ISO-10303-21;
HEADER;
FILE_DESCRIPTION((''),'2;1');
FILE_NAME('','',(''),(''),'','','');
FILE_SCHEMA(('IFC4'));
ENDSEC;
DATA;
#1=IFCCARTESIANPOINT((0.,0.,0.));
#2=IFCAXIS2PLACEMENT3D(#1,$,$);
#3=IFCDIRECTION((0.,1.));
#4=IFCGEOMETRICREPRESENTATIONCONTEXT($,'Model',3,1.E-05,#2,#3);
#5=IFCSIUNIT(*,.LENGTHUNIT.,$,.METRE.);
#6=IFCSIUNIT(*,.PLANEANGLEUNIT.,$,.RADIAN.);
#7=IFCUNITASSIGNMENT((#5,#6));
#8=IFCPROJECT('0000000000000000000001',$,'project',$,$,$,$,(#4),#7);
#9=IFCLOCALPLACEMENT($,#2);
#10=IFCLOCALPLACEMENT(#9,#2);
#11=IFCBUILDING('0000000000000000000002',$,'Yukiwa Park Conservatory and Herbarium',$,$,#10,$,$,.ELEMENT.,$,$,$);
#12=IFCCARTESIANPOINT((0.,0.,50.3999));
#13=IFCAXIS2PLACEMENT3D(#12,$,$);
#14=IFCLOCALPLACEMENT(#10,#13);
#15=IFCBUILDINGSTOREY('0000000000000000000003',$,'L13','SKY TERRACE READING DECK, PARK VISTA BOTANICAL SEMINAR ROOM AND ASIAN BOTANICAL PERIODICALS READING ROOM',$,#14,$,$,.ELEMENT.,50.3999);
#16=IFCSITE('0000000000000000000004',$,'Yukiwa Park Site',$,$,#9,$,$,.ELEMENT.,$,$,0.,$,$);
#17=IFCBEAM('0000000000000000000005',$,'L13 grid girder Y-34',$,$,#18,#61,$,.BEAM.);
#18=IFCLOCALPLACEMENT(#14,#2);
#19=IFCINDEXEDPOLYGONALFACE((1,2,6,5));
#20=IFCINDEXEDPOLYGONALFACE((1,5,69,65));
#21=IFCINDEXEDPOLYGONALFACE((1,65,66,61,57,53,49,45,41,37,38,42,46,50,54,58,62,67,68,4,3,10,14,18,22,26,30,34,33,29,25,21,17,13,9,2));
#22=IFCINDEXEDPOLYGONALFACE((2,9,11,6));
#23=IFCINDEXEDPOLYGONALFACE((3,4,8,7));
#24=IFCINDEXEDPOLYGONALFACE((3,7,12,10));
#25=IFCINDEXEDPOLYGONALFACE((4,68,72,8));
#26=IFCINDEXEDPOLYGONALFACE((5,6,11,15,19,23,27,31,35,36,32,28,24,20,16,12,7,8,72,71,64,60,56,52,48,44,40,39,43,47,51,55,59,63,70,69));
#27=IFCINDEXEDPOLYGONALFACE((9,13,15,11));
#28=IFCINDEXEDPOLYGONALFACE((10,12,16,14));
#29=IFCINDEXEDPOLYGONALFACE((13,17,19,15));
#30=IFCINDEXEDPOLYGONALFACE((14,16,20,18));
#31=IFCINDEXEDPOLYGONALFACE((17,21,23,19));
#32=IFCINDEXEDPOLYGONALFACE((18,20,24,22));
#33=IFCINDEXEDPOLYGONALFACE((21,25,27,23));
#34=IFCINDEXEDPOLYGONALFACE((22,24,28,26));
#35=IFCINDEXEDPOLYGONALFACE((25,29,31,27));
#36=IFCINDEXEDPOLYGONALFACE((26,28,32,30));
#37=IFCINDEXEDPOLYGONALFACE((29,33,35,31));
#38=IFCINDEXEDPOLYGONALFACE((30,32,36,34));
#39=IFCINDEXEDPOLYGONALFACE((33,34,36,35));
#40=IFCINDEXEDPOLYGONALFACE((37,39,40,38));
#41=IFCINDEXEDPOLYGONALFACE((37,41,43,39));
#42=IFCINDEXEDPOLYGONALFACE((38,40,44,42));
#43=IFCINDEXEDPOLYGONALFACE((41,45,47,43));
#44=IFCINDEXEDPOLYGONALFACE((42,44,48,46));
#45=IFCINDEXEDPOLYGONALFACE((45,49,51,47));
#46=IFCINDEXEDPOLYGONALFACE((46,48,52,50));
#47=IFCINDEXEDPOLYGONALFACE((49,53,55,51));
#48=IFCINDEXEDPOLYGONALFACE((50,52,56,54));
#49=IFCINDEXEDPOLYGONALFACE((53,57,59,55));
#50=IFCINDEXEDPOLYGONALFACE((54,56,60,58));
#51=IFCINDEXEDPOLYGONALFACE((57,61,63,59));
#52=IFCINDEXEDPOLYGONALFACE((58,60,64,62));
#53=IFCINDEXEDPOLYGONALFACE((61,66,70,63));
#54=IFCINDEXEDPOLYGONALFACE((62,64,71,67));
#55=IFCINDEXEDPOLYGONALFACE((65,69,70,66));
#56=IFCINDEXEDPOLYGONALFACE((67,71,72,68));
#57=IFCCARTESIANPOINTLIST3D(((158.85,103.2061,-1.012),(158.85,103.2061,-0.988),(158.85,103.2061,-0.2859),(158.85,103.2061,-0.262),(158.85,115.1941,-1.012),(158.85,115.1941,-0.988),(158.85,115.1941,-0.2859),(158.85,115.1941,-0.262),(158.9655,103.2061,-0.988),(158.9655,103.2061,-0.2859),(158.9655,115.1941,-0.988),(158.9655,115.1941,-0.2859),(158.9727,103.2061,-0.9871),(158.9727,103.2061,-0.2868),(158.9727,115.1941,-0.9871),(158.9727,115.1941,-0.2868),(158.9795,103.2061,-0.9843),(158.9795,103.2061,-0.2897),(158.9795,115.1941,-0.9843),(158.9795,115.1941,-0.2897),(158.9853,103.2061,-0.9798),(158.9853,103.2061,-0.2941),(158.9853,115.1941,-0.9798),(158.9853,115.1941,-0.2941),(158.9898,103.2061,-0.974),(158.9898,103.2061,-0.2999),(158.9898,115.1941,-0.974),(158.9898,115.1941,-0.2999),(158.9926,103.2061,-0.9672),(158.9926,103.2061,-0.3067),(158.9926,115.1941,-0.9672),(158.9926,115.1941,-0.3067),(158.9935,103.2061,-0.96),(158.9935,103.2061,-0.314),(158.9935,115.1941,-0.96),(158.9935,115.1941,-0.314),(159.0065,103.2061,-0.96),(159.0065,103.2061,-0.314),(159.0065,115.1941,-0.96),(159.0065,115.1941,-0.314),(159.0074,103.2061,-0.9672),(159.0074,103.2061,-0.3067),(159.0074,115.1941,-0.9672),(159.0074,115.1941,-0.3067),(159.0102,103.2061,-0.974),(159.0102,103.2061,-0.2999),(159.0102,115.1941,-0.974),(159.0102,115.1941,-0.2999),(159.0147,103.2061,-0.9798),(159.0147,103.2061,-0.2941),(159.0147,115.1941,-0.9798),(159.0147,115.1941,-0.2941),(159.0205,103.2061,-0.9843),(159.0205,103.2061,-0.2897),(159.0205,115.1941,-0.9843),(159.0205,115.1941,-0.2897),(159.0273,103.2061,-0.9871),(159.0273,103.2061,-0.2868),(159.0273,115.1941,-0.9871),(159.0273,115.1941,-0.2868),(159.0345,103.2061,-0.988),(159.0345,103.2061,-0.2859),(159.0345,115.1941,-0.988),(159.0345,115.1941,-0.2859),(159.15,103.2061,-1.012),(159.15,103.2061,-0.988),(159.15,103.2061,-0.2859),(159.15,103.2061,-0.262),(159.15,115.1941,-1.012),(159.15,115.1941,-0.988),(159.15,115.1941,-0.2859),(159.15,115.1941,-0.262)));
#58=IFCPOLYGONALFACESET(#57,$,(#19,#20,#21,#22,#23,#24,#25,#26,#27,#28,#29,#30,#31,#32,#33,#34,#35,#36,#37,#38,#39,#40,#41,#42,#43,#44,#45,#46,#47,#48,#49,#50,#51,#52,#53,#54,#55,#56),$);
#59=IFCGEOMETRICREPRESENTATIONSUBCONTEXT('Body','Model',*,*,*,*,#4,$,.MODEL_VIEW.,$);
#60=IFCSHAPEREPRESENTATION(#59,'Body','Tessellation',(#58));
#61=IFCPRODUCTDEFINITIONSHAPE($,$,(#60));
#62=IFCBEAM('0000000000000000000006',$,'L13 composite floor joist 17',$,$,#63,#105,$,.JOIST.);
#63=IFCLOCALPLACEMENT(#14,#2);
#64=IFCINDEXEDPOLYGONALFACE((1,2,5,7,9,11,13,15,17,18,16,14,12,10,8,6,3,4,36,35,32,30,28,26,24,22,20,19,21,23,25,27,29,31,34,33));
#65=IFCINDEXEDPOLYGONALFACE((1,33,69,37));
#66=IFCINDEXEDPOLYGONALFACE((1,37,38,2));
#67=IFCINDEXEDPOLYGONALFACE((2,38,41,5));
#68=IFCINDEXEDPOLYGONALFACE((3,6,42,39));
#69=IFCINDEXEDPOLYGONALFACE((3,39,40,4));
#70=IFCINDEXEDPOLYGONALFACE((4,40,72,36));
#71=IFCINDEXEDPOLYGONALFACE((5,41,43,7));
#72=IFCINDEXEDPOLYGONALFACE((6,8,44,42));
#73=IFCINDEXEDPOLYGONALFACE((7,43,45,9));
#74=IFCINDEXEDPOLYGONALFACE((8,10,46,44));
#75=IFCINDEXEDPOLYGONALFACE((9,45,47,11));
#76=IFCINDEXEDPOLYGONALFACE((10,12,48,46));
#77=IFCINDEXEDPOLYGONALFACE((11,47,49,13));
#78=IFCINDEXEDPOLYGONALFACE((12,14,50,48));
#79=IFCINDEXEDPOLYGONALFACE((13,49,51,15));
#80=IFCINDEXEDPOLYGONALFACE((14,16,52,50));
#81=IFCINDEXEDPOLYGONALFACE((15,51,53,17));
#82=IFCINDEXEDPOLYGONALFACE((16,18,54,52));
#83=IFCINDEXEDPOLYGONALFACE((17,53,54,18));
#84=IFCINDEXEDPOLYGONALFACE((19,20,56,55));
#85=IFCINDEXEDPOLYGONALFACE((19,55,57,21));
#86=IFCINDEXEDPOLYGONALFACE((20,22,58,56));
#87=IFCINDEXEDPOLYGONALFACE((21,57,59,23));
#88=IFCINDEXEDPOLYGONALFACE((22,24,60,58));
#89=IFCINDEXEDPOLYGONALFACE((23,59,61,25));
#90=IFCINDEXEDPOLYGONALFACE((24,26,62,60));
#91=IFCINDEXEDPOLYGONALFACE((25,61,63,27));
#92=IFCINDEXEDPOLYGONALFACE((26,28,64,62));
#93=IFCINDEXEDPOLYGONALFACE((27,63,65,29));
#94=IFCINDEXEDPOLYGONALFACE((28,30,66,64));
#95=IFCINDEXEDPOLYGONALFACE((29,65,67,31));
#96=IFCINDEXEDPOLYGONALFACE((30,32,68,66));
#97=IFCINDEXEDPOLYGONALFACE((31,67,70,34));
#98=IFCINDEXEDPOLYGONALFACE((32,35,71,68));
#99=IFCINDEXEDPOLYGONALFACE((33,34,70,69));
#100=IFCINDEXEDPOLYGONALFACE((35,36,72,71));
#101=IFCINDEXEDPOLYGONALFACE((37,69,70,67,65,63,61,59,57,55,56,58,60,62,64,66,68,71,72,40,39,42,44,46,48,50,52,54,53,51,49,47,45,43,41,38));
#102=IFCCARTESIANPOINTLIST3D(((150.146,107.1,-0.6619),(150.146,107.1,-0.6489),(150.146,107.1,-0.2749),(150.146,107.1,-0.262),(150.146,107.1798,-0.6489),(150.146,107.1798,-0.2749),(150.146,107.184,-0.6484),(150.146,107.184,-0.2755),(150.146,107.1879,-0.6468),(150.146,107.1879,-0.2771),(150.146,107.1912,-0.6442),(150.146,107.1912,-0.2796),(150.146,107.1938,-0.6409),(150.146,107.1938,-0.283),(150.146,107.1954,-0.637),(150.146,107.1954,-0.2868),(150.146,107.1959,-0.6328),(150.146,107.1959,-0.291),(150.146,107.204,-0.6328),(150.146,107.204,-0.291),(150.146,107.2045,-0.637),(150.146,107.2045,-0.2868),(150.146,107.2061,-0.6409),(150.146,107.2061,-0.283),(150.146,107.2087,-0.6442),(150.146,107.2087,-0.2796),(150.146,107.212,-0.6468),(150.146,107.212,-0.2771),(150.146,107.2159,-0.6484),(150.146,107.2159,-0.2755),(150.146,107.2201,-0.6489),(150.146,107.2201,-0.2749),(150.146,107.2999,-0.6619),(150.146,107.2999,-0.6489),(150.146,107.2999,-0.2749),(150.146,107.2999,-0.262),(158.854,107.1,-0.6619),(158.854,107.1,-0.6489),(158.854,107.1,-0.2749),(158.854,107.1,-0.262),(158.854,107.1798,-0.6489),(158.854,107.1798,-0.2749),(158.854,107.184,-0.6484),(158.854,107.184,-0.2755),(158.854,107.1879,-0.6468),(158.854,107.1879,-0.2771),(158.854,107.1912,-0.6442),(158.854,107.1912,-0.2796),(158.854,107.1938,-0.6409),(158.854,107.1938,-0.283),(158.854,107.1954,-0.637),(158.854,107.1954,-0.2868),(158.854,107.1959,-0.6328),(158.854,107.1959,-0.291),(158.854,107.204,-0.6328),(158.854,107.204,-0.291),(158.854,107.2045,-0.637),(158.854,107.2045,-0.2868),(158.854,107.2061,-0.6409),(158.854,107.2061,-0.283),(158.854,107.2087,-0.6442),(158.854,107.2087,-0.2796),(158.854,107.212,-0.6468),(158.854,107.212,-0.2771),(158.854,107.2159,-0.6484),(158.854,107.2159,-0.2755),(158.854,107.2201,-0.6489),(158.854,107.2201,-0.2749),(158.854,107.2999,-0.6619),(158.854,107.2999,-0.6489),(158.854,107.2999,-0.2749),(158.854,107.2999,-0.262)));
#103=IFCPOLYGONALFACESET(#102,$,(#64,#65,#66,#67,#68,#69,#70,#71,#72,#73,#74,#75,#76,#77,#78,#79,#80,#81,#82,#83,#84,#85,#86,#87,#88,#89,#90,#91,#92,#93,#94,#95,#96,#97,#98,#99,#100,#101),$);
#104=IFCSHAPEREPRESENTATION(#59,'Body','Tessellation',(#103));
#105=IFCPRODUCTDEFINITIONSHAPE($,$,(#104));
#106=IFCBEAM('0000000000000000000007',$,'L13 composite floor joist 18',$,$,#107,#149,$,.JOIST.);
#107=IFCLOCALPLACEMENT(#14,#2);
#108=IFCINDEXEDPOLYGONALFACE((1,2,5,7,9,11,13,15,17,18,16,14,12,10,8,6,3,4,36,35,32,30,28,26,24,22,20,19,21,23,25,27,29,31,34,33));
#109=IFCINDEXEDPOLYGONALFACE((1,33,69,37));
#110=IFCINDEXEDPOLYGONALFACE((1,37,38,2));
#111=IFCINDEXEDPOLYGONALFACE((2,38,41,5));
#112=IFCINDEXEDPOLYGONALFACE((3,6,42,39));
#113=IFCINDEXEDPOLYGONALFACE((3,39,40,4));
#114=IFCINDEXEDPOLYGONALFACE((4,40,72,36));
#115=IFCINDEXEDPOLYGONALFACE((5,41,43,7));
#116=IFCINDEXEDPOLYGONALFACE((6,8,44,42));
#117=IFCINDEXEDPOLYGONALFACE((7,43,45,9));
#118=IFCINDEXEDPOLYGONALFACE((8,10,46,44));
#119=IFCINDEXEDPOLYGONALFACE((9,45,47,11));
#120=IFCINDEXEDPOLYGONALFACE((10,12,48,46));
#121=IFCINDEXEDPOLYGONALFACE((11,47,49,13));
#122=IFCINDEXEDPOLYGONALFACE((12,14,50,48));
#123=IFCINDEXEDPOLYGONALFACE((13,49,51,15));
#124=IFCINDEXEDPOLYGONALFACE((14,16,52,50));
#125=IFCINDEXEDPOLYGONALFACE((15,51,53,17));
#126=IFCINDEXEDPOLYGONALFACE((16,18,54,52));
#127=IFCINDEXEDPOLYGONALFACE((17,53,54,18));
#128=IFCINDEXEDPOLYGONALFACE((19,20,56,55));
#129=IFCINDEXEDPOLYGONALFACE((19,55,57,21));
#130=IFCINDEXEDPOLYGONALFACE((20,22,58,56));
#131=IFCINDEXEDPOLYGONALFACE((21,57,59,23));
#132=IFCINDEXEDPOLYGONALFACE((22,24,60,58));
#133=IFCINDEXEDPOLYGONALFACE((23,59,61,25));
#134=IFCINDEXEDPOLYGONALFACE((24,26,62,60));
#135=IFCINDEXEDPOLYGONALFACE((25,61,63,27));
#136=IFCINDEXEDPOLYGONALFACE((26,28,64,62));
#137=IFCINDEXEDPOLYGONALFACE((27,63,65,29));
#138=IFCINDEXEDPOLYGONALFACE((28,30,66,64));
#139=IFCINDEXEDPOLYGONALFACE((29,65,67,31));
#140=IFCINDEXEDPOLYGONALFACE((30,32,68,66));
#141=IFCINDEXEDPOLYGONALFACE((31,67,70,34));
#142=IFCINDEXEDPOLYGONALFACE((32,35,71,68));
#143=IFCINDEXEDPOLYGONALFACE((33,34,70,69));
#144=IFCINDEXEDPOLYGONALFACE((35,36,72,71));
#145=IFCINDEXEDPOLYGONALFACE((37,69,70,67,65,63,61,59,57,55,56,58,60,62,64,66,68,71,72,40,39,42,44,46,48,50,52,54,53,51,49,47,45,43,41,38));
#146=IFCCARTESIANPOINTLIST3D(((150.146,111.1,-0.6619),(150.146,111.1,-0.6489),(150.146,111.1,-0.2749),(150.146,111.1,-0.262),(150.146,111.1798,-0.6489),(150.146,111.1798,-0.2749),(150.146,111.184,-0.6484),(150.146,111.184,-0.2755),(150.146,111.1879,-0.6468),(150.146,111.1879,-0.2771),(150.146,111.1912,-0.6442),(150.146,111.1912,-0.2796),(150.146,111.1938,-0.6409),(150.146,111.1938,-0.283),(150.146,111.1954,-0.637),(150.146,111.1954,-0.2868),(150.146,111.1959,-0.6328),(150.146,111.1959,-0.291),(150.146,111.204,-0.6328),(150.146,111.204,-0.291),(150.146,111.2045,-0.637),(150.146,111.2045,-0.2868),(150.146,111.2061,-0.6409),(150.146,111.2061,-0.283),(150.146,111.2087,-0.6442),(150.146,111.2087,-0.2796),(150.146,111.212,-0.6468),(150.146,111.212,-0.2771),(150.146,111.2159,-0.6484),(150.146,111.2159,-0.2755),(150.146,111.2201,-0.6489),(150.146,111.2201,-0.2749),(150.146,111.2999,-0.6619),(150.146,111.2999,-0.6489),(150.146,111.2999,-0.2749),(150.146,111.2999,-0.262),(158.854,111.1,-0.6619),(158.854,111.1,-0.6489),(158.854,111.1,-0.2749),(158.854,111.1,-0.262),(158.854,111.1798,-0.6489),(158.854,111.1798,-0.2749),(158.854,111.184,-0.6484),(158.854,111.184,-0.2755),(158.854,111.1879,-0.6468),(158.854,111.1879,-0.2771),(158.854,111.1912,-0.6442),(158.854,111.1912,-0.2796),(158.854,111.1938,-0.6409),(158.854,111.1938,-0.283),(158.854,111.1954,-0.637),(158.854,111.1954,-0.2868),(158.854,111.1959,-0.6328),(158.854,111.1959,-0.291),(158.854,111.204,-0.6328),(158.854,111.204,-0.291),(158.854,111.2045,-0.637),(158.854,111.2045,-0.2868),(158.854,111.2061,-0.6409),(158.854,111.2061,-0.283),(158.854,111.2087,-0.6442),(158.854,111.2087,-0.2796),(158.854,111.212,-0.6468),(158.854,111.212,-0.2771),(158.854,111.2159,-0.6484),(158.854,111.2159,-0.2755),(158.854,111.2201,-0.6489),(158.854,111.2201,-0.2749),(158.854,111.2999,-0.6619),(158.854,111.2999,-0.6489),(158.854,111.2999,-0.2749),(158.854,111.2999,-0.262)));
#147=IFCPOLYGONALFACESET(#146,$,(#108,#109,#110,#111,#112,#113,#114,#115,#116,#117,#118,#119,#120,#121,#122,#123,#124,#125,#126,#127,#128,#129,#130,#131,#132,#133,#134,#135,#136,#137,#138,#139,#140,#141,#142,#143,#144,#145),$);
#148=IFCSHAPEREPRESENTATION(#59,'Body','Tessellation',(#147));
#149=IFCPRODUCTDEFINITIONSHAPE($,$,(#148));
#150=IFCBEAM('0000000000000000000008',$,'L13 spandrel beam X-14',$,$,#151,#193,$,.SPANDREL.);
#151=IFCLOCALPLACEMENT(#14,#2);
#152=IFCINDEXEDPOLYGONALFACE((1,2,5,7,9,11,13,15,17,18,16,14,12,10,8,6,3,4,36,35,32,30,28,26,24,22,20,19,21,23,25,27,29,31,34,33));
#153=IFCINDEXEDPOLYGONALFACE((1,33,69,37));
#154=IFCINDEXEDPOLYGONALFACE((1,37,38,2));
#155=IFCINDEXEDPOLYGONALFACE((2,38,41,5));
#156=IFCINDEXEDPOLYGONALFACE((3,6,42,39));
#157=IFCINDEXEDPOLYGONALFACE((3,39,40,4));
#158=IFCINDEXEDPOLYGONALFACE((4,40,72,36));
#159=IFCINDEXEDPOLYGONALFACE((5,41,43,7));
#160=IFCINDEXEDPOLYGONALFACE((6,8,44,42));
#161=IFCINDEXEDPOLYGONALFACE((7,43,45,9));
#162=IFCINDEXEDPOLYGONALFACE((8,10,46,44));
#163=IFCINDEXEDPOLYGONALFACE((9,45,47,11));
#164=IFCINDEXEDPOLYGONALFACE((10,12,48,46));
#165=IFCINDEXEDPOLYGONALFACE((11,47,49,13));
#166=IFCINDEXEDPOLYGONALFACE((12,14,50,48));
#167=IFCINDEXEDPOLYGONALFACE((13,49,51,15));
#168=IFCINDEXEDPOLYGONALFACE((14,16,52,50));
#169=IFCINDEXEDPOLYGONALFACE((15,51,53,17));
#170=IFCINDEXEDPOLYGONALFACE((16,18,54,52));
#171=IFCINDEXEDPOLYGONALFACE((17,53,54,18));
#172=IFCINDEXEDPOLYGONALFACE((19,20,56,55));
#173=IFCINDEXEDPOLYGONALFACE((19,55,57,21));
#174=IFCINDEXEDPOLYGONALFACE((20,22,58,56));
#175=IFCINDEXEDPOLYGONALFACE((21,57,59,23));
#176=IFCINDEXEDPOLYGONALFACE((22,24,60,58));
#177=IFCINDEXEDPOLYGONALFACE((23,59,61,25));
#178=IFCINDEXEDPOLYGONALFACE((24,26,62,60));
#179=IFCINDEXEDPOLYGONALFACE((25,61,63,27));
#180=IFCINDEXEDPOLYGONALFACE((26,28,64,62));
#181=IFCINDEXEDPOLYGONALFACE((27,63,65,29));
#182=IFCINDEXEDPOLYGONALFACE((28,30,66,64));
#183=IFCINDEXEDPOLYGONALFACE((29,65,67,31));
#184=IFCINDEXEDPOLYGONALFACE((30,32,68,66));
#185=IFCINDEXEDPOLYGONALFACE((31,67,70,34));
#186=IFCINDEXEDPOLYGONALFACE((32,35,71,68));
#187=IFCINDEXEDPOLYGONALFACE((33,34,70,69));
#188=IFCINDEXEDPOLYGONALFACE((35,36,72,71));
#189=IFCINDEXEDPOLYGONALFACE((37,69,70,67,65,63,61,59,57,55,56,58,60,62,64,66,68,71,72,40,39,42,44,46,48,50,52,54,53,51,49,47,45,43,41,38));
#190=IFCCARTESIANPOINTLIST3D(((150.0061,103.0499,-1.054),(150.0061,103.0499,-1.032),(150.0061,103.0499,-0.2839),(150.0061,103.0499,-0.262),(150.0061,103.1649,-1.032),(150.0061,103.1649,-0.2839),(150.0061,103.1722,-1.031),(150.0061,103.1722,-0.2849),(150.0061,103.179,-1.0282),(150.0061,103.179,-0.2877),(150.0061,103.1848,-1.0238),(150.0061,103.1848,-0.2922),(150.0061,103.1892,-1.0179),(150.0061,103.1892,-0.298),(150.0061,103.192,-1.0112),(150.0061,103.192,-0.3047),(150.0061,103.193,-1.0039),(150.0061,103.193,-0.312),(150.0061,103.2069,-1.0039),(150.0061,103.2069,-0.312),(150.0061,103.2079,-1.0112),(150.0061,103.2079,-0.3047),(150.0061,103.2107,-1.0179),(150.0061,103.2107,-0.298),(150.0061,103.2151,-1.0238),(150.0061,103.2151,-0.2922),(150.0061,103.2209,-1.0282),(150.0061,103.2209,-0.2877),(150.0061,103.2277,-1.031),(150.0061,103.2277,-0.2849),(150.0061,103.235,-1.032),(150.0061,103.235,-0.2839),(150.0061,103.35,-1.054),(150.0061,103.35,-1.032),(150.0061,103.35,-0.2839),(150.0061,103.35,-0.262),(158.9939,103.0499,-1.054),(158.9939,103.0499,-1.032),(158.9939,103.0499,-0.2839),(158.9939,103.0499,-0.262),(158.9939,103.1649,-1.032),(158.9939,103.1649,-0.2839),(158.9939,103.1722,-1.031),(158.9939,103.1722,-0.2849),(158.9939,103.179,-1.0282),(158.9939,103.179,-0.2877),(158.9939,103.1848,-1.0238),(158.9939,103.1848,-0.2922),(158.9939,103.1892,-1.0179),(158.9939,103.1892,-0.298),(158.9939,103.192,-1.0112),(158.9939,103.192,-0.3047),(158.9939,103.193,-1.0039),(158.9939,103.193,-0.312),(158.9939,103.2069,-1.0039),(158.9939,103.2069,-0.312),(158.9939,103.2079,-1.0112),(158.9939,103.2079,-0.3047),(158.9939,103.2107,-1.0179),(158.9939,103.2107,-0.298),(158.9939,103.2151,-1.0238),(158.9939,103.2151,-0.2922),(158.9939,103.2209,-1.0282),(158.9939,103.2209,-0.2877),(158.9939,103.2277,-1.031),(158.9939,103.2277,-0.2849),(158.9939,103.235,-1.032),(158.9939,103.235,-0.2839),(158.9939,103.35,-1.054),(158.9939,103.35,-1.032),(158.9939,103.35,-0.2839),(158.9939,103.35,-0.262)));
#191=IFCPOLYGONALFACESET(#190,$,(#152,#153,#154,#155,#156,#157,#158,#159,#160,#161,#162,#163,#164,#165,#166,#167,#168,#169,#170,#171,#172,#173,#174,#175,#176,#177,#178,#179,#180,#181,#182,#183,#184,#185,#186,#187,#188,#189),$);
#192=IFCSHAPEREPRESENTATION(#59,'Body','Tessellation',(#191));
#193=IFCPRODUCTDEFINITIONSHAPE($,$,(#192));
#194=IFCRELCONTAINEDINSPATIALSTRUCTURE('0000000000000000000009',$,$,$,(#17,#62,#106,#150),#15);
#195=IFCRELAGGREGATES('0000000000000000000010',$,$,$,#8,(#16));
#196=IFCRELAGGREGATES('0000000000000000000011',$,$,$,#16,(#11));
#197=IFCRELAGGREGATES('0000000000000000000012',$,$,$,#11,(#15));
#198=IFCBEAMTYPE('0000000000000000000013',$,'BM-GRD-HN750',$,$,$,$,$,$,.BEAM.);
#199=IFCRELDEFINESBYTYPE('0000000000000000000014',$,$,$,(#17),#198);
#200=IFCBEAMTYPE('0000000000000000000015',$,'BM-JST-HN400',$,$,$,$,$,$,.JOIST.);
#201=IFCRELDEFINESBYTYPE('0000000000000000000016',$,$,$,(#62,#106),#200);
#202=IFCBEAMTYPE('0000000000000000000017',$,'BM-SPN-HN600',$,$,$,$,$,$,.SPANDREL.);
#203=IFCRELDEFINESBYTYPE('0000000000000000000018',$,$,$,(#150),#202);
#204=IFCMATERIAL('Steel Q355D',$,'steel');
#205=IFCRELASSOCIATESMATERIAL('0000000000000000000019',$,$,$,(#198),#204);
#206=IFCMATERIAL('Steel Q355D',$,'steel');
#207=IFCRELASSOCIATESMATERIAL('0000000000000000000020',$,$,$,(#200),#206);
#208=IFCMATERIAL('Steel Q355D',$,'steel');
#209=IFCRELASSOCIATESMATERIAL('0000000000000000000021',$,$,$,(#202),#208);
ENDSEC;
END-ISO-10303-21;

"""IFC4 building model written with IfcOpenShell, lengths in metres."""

from ifc_helpers import new_model, si_unit, direction, frame, origin, origin_2d, place, context, subcontext, project, spatial, i_section, extrude, material, material_profile, profile_set, type_object, element, save


model = new_model("IFC4")

# Units and contexts
model_context = context("Model", 3, precision=1e-05, world=origin(), true_north=direction((0.0, 1.0)))
body_context = subcontext(model_context, "Body", "Model", "MODEL_VIEW")
ifc_project = project(units=[si_unit("LENGTHUNIT", "METRE"), si_unit("PLANEANGLEUNIT", "RADIAN")], contexts=[model_context])

# Site, building, storey
site_placement = place(None, origin())
site = spatial("IfcSite", under=ifc_project, at=site_placement, Name="Yukiwa Park Site", CompositionType="ELEMENT", RefElevation=0.0)
building_placement = place(site_placement, origin())
building = spatial("IfcBuilding", under=site, at=building_placement, Name="Yukiwa Park Conservatory and Herbarium", CompositionType="ELEMENT")
storey_placement = place(building_placement, frame((0.0, 0.0, 50.3999)))
storey = spatial("IfcBuildingStorey", under=building, at=storey_placement, Name="L13", Description="SKY TERRACE READING DECK, PARK VISTA BOTANICAL SEMINAR ROOM AND ASIAN BOTANICAL PERIODICALS READING ROOM", CompositionType="ELEMENT", Elevation=50.3999)

# Beams
ifc_material_1 = material(Name="Steel Q355D", Category="steel")
ifc_material_profile_1 = material_profile(ifc_material_1, i_section(OverallWidth=0.3, OverallDepth=0.75, WebThickness=0.0129, FlangeThickness=0.0239, FilletRadius=0.0281, at=origin_2d()), Name="HN 750x300x13x24")
ifc_profile_set_1 = profile_set([ifc_material_profile_1], Name="Steel Q355D")
beam_type_1 = type_object("IfcBeamType", Name="BM-GRD-HN750", PredefinedType="BEAM", material=ifc_profile_set_1)
beam_1_placement = place(storey_placement, frame((159.0, 103.2061, -0.637), z_axis=(0.0, 1.0, 0.0), x_axis=(-1.0, 0.0, 0.0)))
element("IfcBeam", 1, at=beam_1_placement, inside=storey, type_object=beam_type_1, Name="L13 grid girder Y-34", PredefinedType="BEAM", context=body_context, shape_type="SweptSolid", body=[
    extrude(i_section(OverallWidth=0.3, OverallDepth=0.75, WebThickness=0.0129, FlangeThickness=0.0239, FilletRadius=0.0281, at=origin_2d()), origin(), (0.0, 0.0, 1.0), 11.988),
])
ifc_material_2 = material(Name="Steel Q355D", Category="steel")
ifc_material_profile_2 = material_profile(ifc_material_2, i_section(OverallWidth=0.2, OverallDepth=0.3999, WebThickness=0.0081, FlangeThickness=0.0129, FilletRadius=0.0161, at=origin_2d()), Name="HN 400x200x8x13")
ifc_profile_set_2 = profile_set([ifc_material_profile_2], Name="Steel Q355D")
beam_type_2 = type_object("IfcBeamType", Name="BM-JST-HN400", PredefinedType="JOIST", material=ifc_profile_set_2)
for number, where, z_axis, x_axis, name in (
    (2, (150.146, 107.2, -0.4619), (1.0, 0.0, 0.0), (0.0, 1.0, 0.0), "L13 composite floor joist 17"),
    (3, (150.146, 111.2, -0.4619), (1.0, 0.0, 0.0), (0.0, 1.0, 0.0), "L13 composite floor joist 18"),
):
    element("IfcBeam", number, at=place(storey_placement, frame(where, z_axis=z_axis, x_axis=x_axis)), inside=storey, type_object=beam_type_2, Name=name, PredefinedType="JOIST", context=body_context, shape_type="SweptSolid", body=[
        extrude(i_section(OverallWidth=0.2, OverallDepth=0.3999, WebThickness=0.0081, FlangeThickness=0.0129, FilletRadius=0.0161, at=origin_2d()), origin(), (0.0, 0.0, 1.0), 8.708),
    ])
ifc_material_3 = material(Name="Steel Q355D", Category="steel")
ifc_material_profile_3 = material_profile(ifc_material_3, i_section(OverallWidth=0.3, OverallDepth=0.792, WebThickness=0.0139, FlangeThickness=0.022, FilletRadius=0.0281, at=origin_2d()), Name="HN 792x300x14x22")
ifc_profile_set_3 = profile_set([ifc_material_profile_3], Name="Steel Q355D")
beam_type_3 = type_object("IfcBeamType", Name="BM-SPN-HN600", PredefinedType="SPANDREL", material=ifc_profile_set_3)
for number, where, z_axis, x_axis, name in (
    (4, (150.0061, 103.2, -0.658), (1.0, 0.0, 0.0), (0.0, 1.0, 0.0), "L13 spandrel beam X-14"),
):
    element("IfcBeam", number, at=place(storey_placement, frame(where, z_axis=z_axis, x_axis=x_axis)), inside=storey, type_object=beam_type_3, Name=name, PredefinedType="SPANDREL", context=body_context, shape_type="SweptSolid", body=[
        extrude(i_section(OverallWidth=0.3, OverallDepth=0.792, WebThickness=0.0139, FlangeThickness=0.022, FilletRadius=0.0281, at=origin_2d()), origin(), (0.0, 0.0, 1.0), 8.9878),
    ])

save(model, "model.ifc")
